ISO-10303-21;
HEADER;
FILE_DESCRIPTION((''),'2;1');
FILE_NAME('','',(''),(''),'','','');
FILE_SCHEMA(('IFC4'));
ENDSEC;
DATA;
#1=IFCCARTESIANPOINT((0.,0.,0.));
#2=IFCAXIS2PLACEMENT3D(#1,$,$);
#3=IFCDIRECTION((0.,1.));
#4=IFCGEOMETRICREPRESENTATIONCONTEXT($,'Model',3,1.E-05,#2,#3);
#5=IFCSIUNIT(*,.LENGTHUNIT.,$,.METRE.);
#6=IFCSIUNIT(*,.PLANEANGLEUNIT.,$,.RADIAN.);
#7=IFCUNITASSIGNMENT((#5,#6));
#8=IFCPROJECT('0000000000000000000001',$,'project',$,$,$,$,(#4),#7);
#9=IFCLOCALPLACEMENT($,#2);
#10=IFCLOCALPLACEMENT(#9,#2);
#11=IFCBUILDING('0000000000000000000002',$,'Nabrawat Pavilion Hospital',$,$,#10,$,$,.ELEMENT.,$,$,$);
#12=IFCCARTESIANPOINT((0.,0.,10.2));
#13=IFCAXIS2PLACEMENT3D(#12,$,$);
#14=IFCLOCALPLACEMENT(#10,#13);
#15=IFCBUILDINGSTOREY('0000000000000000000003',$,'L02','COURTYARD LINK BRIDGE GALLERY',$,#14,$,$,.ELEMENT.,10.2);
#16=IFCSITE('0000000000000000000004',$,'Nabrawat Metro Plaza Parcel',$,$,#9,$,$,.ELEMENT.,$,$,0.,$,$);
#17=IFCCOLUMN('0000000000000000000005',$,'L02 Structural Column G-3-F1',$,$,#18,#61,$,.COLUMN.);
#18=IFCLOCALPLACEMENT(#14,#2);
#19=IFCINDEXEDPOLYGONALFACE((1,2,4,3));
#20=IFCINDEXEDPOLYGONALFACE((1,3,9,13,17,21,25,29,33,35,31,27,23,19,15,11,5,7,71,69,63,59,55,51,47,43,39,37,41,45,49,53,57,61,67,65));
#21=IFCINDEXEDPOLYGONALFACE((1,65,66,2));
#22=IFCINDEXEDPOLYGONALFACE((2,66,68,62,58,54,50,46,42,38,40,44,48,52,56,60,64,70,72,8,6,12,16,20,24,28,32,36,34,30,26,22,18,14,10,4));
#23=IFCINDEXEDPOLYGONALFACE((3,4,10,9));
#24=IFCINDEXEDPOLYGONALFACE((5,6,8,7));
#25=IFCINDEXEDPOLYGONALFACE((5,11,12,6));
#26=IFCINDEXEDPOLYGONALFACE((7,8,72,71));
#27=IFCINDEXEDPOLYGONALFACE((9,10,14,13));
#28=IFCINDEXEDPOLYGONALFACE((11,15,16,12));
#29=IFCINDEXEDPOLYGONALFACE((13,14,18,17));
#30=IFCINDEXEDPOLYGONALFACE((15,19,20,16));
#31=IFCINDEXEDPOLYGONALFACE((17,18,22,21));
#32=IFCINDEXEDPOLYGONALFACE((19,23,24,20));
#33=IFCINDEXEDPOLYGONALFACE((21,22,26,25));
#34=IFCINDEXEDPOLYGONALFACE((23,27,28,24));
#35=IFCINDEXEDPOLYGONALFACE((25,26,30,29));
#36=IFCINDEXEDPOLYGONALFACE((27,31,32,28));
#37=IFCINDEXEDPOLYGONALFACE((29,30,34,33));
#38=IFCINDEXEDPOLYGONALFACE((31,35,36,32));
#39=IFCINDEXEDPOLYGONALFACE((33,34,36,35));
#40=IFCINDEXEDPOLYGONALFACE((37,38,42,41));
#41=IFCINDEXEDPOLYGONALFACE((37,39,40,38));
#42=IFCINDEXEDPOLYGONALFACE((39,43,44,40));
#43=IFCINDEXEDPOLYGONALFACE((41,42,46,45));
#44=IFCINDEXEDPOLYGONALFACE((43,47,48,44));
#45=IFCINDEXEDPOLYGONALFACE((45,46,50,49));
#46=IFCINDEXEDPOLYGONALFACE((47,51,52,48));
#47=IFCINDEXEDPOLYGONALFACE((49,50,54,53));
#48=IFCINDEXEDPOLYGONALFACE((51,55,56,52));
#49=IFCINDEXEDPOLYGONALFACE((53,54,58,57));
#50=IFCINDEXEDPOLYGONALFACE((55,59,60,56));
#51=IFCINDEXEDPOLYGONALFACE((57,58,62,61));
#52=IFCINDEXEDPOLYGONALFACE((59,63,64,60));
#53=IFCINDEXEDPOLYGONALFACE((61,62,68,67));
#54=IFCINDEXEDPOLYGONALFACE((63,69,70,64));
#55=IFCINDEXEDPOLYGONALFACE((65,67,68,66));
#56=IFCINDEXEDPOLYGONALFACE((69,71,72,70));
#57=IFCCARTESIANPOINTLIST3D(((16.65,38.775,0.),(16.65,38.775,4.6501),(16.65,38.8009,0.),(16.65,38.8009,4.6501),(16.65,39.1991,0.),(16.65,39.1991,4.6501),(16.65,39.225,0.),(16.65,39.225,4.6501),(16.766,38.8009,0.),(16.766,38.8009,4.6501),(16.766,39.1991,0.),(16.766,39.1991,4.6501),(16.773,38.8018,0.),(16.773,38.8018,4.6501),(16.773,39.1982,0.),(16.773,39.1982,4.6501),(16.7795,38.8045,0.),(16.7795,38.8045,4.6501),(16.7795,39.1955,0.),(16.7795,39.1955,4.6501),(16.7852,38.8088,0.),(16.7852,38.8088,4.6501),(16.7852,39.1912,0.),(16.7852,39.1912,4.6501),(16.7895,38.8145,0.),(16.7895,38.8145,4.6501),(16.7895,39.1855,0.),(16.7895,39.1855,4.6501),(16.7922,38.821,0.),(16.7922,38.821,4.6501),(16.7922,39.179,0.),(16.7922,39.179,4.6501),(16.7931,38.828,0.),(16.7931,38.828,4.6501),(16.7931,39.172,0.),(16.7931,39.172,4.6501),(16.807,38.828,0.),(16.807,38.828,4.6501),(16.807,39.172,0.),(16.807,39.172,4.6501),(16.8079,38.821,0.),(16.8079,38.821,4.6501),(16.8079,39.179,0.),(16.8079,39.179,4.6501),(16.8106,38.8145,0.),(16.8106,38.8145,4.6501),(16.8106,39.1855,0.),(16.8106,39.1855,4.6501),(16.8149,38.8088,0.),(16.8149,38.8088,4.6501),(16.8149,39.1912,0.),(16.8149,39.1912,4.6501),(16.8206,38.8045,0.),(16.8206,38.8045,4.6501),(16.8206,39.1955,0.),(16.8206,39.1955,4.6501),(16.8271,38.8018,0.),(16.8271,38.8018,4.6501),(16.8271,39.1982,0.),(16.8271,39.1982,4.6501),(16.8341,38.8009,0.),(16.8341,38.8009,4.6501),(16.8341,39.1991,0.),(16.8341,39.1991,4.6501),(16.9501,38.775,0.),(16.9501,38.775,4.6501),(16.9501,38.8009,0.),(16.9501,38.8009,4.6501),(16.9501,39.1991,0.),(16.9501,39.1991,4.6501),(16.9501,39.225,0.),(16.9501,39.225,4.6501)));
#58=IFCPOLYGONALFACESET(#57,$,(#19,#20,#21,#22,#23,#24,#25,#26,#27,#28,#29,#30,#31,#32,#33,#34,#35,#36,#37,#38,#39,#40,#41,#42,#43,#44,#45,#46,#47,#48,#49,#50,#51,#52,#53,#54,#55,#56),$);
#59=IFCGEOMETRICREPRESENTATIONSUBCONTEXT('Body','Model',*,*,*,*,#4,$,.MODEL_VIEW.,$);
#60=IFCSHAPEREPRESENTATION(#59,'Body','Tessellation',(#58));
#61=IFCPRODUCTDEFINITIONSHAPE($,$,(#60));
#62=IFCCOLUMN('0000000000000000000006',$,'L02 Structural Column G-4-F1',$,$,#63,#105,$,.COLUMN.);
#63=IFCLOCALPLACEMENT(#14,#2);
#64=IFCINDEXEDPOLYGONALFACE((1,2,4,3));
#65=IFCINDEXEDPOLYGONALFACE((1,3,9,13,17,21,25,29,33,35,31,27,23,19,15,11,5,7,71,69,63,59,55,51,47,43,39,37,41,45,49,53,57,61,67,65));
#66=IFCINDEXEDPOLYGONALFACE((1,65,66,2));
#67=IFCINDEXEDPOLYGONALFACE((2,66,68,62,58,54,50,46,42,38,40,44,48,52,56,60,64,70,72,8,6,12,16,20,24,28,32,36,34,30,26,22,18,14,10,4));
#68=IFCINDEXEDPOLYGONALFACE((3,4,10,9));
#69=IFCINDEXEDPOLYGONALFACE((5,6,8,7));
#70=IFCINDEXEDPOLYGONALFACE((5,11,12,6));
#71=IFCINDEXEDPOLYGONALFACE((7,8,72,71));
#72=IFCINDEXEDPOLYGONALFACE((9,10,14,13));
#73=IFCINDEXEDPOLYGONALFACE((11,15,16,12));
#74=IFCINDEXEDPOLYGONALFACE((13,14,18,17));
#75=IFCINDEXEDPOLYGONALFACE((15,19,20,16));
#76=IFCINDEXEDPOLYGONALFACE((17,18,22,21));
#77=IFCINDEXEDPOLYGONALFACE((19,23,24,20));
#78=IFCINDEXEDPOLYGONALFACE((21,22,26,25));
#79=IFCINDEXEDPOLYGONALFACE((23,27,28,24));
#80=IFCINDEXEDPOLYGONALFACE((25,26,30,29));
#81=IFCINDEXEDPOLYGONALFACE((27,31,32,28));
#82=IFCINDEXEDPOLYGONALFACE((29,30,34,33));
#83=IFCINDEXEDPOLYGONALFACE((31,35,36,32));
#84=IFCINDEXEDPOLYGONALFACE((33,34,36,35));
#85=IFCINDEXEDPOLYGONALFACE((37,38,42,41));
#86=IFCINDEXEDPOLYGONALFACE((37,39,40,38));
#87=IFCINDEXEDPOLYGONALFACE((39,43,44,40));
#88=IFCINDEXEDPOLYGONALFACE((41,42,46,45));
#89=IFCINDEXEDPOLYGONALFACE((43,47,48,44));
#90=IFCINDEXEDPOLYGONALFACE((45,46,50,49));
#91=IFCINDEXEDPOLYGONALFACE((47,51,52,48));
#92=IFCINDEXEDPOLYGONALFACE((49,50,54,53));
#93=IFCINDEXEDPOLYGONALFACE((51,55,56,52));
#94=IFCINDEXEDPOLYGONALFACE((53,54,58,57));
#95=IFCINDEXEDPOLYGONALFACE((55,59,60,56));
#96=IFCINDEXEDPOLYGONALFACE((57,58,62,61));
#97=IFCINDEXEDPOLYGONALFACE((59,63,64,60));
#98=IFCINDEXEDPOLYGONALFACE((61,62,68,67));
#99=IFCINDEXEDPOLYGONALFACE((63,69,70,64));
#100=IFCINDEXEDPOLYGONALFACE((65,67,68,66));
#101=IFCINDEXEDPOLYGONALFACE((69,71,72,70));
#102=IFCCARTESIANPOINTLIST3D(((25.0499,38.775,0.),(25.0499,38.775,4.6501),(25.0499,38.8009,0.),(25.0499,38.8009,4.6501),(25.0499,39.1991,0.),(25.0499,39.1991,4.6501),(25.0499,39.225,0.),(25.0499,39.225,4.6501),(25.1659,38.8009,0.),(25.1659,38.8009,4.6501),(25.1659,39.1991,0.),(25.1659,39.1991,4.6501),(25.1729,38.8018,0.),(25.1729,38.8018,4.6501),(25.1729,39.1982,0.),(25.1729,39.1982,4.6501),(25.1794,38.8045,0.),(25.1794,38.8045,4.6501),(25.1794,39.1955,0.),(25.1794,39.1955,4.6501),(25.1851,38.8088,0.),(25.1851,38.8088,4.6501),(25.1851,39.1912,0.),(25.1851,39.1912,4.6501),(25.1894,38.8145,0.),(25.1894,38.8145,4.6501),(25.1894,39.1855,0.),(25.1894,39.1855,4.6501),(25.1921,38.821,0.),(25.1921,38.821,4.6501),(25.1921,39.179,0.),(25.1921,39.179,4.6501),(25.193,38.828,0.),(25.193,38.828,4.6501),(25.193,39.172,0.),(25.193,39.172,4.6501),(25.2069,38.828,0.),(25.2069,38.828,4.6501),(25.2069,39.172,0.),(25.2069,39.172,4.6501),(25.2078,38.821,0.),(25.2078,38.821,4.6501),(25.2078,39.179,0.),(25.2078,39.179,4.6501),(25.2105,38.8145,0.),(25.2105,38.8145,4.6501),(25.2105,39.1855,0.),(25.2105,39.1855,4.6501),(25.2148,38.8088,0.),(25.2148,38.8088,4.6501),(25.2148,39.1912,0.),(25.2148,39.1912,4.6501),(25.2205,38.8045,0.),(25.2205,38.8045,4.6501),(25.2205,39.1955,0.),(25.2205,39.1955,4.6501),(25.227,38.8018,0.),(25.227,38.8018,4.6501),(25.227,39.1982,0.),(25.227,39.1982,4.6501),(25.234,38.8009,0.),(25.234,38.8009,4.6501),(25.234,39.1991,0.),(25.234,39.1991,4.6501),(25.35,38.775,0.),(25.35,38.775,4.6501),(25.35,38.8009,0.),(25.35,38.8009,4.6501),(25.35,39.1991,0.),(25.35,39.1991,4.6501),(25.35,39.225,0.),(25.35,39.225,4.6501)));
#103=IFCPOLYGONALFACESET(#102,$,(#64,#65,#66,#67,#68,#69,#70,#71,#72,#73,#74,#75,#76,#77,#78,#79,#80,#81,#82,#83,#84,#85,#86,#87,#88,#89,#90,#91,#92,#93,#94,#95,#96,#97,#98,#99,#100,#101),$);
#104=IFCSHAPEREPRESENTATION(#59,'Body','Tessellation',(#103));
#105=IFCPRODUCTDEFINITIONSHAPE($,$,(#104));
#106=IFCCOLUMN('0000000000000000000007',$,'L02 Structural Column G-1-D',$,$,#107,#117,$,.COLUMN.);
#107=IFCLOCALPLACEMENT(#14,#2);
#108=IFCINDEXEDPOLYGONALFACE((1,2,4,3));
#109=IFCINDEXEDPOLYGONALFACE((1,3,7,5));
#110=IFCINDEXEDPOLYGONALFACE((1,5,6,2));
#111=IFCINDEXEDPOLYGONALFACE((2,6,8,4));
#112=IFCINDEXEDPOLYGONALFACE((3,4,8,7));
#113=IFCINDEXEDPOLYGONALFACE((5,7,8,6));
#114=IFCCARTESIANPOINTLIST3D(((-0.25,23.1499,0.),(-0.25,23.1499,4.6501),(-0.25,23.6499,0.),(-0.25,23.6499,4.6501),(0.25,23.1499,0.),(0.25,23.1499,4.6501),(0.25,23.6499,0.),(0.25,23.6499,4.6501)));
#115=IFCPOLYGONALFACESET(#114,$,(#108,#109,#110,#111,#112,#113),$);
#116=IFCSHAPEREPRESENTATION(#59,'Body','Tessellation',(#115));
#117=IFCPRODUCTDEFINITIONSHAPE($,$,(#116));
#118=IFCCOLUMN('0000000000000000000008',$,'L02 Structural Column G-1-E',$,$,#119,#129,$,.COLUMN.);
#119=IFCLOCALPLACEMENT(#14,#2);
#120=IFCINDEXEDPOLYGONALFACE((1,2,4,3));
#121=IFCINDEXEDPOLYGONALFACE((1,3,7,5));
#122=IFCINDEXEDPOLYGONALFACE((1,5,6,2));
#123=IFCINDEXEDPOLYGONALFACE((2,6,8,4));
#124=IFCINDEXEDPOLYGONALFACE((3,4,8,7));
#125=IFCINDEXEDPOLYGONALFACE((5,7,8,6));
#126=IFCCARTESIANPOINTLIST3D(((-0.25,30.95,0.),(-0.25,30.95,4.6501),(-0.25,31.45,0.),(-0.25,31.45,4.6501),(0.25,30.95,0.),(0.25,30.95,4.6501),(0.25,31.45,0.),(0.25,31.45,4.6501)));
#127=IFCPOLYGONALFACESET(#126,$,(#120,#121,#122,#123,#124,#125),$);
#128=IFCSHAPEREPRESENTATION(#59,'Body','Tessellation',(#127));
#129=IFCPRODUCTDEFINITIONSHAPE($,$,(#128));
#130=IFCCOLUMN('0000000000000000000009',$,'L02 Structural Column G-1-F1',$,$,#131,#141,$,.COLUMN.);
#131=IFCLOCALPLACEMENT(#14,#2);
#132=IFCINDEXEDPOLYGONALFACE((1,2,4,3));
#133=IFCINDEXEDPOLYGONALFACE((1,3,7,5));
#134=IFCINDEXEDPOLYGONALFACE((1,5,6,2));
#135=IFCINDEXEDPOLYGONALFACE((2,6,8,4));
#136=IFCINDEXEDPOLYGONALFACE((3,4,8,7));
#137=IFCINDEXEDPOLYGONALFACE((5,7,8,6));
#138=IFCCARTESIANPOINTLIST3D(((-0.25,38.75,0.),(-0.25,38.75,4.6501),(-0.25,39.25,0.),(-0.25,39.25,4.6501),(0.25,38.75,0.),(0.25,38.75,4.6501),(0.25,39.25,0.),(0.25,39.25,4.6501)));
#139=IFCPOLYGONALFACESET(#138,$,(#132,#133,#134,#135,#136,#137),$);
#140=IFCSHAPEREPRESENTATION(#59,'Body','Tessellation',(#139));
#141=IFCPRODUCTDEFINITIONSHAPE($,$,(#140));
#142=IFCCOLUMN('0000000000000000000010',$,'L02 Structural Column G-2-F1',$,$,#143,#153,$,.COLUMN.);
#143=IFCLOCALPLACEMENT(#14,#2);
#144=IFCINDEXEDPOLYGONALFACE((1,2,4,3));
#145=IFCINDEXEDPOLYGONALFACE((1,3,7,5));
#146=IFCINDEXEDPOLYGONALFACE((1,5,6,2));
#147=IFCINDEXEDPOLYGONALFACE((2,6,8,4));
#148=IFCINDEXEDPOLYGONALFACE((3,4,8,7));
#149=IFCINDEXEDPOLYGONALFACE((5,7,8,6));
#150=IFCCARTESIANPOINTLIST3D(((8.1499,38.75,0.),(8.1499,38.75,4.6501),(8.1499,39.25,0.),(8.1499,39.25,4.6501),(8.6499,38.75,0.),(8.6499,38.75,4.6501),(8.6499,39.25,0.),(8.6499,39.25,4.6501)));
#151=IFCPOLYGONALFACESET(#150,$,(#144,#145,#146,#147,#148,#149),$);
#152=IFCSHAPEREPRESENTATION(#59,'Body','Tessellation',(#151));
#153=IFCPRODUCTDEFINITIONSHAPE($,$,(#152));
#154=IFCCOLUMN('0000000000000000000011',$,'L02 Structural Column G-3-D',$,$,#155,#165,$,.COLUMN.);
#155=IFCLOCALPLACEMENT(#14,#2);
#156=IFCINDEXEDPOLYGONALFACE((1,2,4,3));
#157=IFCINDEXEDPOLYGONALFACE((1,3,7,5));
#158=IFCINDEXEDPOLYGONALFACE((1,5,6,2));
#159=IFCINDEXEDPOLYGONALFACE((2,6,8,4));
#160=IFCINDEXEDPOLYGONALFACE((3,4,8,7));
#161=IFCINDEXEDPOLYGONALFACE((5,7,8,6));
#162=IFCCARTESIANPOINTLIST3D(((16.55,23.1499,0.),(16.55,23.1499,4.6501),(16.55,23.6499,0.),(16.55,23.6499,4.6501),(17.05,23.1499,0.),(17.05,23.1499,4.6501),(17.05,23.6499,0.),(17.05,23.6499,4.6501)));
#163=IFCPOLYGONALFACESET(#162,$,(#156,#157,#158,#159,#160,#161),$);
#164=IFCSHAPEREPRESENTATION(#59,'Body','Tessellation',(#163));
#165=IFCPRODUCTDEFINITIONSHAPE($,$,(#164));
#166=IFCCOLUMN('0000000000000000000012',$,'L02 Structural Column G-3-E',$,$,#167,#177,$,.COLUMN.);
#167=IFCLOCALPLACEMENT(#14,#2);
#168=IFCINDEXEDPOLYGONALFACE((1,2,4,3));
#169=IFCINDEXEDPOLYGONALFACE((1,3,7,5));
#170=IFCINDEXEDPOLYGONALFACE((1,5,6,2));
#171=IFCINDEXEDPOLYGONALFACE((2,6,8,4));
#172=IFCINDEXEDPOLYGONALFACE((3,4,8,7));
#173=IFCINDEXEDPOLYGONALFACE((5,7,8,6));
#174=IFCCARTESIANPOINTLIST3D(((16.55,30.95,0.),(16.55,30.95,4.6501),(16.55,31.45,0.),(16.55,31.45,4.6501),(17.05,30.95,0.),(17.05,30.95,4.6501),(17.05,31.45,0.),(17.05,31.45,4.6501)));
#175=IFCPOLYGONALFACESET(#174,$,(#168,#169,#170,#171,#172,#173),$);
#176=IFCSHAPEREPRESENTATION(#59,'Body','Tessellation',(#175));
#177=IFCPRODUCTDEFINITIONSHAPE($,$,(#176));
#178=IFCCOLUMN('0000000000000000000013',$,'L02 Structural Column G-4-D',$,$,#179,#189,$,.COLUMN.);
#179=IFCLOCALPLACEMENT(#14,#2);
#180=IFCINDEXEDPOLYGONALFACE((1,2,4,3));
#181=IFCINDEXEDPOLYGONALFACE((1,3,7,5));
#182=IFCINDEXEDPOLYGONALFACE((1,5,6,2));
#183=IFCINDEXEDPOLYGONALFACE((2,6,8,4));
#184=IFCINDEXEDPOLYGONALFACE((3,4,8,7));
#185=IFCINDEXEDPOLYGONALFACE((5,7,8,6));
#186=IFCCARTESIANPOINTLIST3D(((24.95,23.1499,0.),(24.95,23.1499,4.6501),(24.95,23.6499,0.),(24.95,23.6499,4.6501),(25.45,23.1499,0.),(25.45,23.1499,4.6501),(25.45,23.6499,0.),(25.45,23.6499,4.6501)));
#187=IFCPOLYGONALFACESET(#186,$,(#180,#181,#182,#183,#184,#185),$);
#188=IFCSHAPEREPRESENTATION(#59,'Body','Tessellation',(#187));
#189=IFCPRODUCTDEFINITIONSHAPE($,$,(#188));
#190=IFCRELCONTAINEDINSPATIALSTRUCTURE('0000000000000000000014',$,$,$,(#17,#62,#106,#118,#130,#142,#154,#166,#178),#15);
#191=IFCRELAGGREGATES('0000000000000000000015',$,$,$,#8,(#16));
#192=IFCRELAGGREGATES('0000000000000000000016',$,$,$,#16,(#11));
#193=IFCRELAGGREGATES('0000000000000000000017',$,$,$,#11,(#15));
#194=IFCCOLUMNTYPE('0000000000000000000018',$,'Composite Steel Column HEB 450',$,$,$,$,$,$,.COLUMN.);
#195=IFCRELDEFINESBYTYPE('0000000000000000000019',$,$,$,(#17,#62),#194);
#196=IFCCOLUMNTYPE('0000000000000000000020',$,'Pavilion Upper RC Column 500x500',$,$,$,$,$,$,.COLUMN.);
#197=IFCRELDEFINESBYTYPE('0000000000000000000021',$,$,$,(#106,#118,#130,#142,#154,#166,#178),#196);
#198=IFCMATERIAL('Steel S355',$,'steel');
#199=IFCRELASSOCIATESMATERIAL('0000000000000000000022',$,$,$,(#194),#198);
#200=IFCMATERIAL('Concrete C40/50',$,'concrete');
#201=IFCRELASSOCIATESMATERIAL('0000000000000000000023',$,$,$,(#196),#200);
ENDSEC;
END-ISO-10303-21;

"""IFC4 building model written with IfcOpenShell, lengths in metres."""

from ifc_helpers import new_model, si_unit, direction, frame, origin, origin_2d, place, context, subcontext, project, spatial, rectangle, i_section, extrude, material, material_profile, profile_set, type_object, element, save


model = new_model("IFC4")

# Units and contexts
model_context = context("Model", 3, precision=1e-05, world=origin(), true_north=direction((0.0, 1.0)))
body_context = subcontext(model_context, "Body", "Model", "MODEL_VIEW")
ifc_project = project(units=[si_unit("LENGTHUNIT", "METRE"), si_unit("PLANEANGLEUNIT", "RADIAN")], contexts=[model_context])

# Site, building, storey
site_placement = place(None, origin())
site = spatial("IfcSite", under=ifc_project, at=site_placement, Name="Nabrawat Metro Plaza Parcel", CompositionType="ELEMENT", RefElevation=0.0)
building_placement = place(site_placement, origin())
building = spatial("IfcBuilding", under=site, at=building_placement, Name="Nabrawat Pavilion Hospital", CompositionType="ELEMENT")
storey_placement = place(building_placement, frame((0.0, 0.0, 10.2)))
storey = spatial("IfcBuildingStorey", under=building, at=storey_placement, Name="L02", Description="COURTYARD LINK BRIDGE GALLERY", CompositionType="ELEMENT", Elevation=10.2)

# Columns
ifc_material_1 = material(Name="Steel S355", Category="steel")
ifc_material_profile_1 = material_profile(ifc_material_1, i_section(OverallWidth=0.3, OverallDepth=0.45, WebThickness=0.0139, FlangeThickness=0.0259, FilletRadius=0.0271, at=origin_2d()), Name="HEB 450")
ifc_profile_set_1 = profile_set([ifc_material_profile_1], Name="Steel S355")
column_type_1 = type_object("IfcColumnType", Name="Composite Steel Column HEB 450", PredefinedType="COLUMN", material=ifc_profile_set_1)
for number, where, z_axis, x_axis, name in (
    (1, (16.8, 39.0, 0.0), (0.0, 0.0, 1.0), (1.0, 0.0, 0.0), "L02 Structural Column G-3-F1"),
    (2, (25.2, 39.0, 0.0), (0.0, 0.0, 1.0), (1.0, 0.0, 0.0), "L02 Structural Column G-4-F1"),
):
    element("IfcColumn", number, at=place(storey_placement, frame(where, z_axis=z_axis, x_axis=x_axis)), inside=storey, type_object=column_type_1, Name=name, PredefinedType="COLUMN", context=body_context, shape_type="SweptSolid", body=[
        extrude(i_section(OverallWidth=0.3, OverallDepth=0.45, WebThickness=0.0139, FlangeThickness=0.0259, FilletRadius=0.0271, at=origin_2d()), origin(), (0.0, 0.0, 1.0), 4.6501),
    ])
ifc_material_2 = material(Name="Concrete C40/50", Category="concrete")
ifc_material_profile_2 = material_profile(ifc_material_2, rectangle(XDim=0.5, YDim=0.5, at=origin_2d()), Name="RC 500x500")
ifc_profile_set_2 = profile_set([ifc_material_profile_2], Name="Concrete C40/50")
column_type_2 = type_object("IfcColumnType", Name="Pavilion Upper RC Column 500x500", PredefinedType="COLUMN", material=ifc_profile_set_2)
for number, where, z_axis, x_axis, name in (
    (3, (0.0, 23.3999, 0.0), (0.0, 0.0, 1.0), (1.0, 0.0, 0.0), "L02 Structural Column G-1-D"),
    (4, (0.0, 31.2, 0.0), (0.0, 0.0, 1.0), (1.0, 0.0, 0.0), "L02 Structural Column G-1-E"),
    (5, (0.0, 39.0, 0.0), (0.0, 0.0, 1.0), (1.0, 0.0, 0.0), "L02 Structural Column G-1-F1"),
    (6, (8.3999, 39.0, 0.0), (0.0, 0.0, 1.0), (1.0, 0.0, 0.0), "L02 Structural Column G-2-F1"),
    (7, (16.8, 23.3999, 0.0), (0.0, 0.0, 1.0), (1.0, 0.0, 0.0), "L02 Structural Column G-3-D"),
    (8, (16.8, 31.2, 0.0), (0.0, 0.0, 1.0), (1.0, 0.0, 0.0), "L02 Structural Column G-3-E"),
    (9, (25.2, 23.3999, 0.0), (0.0, 0.0, 1.0), (1.0, 0.0, 0.0), "L02 Structural Column G-4-D"),
):
    element("IfcColumn", number, at=place(storey_placement, frame(where, z_axis=z_axis, x_axis=x_axis)), inside=storey, type_object=column_type_2, Name=name, PredefinedType="COLUMN", context=body_context, shape_type="SweptSolid", body=[
        extrude(rectangle(XDim=0.5, YDim=0.5, at=origin_2d()), origin(), (0.0, 0.0, 1.0), 4.6501),
    ])

save(model, "model.ifc")
